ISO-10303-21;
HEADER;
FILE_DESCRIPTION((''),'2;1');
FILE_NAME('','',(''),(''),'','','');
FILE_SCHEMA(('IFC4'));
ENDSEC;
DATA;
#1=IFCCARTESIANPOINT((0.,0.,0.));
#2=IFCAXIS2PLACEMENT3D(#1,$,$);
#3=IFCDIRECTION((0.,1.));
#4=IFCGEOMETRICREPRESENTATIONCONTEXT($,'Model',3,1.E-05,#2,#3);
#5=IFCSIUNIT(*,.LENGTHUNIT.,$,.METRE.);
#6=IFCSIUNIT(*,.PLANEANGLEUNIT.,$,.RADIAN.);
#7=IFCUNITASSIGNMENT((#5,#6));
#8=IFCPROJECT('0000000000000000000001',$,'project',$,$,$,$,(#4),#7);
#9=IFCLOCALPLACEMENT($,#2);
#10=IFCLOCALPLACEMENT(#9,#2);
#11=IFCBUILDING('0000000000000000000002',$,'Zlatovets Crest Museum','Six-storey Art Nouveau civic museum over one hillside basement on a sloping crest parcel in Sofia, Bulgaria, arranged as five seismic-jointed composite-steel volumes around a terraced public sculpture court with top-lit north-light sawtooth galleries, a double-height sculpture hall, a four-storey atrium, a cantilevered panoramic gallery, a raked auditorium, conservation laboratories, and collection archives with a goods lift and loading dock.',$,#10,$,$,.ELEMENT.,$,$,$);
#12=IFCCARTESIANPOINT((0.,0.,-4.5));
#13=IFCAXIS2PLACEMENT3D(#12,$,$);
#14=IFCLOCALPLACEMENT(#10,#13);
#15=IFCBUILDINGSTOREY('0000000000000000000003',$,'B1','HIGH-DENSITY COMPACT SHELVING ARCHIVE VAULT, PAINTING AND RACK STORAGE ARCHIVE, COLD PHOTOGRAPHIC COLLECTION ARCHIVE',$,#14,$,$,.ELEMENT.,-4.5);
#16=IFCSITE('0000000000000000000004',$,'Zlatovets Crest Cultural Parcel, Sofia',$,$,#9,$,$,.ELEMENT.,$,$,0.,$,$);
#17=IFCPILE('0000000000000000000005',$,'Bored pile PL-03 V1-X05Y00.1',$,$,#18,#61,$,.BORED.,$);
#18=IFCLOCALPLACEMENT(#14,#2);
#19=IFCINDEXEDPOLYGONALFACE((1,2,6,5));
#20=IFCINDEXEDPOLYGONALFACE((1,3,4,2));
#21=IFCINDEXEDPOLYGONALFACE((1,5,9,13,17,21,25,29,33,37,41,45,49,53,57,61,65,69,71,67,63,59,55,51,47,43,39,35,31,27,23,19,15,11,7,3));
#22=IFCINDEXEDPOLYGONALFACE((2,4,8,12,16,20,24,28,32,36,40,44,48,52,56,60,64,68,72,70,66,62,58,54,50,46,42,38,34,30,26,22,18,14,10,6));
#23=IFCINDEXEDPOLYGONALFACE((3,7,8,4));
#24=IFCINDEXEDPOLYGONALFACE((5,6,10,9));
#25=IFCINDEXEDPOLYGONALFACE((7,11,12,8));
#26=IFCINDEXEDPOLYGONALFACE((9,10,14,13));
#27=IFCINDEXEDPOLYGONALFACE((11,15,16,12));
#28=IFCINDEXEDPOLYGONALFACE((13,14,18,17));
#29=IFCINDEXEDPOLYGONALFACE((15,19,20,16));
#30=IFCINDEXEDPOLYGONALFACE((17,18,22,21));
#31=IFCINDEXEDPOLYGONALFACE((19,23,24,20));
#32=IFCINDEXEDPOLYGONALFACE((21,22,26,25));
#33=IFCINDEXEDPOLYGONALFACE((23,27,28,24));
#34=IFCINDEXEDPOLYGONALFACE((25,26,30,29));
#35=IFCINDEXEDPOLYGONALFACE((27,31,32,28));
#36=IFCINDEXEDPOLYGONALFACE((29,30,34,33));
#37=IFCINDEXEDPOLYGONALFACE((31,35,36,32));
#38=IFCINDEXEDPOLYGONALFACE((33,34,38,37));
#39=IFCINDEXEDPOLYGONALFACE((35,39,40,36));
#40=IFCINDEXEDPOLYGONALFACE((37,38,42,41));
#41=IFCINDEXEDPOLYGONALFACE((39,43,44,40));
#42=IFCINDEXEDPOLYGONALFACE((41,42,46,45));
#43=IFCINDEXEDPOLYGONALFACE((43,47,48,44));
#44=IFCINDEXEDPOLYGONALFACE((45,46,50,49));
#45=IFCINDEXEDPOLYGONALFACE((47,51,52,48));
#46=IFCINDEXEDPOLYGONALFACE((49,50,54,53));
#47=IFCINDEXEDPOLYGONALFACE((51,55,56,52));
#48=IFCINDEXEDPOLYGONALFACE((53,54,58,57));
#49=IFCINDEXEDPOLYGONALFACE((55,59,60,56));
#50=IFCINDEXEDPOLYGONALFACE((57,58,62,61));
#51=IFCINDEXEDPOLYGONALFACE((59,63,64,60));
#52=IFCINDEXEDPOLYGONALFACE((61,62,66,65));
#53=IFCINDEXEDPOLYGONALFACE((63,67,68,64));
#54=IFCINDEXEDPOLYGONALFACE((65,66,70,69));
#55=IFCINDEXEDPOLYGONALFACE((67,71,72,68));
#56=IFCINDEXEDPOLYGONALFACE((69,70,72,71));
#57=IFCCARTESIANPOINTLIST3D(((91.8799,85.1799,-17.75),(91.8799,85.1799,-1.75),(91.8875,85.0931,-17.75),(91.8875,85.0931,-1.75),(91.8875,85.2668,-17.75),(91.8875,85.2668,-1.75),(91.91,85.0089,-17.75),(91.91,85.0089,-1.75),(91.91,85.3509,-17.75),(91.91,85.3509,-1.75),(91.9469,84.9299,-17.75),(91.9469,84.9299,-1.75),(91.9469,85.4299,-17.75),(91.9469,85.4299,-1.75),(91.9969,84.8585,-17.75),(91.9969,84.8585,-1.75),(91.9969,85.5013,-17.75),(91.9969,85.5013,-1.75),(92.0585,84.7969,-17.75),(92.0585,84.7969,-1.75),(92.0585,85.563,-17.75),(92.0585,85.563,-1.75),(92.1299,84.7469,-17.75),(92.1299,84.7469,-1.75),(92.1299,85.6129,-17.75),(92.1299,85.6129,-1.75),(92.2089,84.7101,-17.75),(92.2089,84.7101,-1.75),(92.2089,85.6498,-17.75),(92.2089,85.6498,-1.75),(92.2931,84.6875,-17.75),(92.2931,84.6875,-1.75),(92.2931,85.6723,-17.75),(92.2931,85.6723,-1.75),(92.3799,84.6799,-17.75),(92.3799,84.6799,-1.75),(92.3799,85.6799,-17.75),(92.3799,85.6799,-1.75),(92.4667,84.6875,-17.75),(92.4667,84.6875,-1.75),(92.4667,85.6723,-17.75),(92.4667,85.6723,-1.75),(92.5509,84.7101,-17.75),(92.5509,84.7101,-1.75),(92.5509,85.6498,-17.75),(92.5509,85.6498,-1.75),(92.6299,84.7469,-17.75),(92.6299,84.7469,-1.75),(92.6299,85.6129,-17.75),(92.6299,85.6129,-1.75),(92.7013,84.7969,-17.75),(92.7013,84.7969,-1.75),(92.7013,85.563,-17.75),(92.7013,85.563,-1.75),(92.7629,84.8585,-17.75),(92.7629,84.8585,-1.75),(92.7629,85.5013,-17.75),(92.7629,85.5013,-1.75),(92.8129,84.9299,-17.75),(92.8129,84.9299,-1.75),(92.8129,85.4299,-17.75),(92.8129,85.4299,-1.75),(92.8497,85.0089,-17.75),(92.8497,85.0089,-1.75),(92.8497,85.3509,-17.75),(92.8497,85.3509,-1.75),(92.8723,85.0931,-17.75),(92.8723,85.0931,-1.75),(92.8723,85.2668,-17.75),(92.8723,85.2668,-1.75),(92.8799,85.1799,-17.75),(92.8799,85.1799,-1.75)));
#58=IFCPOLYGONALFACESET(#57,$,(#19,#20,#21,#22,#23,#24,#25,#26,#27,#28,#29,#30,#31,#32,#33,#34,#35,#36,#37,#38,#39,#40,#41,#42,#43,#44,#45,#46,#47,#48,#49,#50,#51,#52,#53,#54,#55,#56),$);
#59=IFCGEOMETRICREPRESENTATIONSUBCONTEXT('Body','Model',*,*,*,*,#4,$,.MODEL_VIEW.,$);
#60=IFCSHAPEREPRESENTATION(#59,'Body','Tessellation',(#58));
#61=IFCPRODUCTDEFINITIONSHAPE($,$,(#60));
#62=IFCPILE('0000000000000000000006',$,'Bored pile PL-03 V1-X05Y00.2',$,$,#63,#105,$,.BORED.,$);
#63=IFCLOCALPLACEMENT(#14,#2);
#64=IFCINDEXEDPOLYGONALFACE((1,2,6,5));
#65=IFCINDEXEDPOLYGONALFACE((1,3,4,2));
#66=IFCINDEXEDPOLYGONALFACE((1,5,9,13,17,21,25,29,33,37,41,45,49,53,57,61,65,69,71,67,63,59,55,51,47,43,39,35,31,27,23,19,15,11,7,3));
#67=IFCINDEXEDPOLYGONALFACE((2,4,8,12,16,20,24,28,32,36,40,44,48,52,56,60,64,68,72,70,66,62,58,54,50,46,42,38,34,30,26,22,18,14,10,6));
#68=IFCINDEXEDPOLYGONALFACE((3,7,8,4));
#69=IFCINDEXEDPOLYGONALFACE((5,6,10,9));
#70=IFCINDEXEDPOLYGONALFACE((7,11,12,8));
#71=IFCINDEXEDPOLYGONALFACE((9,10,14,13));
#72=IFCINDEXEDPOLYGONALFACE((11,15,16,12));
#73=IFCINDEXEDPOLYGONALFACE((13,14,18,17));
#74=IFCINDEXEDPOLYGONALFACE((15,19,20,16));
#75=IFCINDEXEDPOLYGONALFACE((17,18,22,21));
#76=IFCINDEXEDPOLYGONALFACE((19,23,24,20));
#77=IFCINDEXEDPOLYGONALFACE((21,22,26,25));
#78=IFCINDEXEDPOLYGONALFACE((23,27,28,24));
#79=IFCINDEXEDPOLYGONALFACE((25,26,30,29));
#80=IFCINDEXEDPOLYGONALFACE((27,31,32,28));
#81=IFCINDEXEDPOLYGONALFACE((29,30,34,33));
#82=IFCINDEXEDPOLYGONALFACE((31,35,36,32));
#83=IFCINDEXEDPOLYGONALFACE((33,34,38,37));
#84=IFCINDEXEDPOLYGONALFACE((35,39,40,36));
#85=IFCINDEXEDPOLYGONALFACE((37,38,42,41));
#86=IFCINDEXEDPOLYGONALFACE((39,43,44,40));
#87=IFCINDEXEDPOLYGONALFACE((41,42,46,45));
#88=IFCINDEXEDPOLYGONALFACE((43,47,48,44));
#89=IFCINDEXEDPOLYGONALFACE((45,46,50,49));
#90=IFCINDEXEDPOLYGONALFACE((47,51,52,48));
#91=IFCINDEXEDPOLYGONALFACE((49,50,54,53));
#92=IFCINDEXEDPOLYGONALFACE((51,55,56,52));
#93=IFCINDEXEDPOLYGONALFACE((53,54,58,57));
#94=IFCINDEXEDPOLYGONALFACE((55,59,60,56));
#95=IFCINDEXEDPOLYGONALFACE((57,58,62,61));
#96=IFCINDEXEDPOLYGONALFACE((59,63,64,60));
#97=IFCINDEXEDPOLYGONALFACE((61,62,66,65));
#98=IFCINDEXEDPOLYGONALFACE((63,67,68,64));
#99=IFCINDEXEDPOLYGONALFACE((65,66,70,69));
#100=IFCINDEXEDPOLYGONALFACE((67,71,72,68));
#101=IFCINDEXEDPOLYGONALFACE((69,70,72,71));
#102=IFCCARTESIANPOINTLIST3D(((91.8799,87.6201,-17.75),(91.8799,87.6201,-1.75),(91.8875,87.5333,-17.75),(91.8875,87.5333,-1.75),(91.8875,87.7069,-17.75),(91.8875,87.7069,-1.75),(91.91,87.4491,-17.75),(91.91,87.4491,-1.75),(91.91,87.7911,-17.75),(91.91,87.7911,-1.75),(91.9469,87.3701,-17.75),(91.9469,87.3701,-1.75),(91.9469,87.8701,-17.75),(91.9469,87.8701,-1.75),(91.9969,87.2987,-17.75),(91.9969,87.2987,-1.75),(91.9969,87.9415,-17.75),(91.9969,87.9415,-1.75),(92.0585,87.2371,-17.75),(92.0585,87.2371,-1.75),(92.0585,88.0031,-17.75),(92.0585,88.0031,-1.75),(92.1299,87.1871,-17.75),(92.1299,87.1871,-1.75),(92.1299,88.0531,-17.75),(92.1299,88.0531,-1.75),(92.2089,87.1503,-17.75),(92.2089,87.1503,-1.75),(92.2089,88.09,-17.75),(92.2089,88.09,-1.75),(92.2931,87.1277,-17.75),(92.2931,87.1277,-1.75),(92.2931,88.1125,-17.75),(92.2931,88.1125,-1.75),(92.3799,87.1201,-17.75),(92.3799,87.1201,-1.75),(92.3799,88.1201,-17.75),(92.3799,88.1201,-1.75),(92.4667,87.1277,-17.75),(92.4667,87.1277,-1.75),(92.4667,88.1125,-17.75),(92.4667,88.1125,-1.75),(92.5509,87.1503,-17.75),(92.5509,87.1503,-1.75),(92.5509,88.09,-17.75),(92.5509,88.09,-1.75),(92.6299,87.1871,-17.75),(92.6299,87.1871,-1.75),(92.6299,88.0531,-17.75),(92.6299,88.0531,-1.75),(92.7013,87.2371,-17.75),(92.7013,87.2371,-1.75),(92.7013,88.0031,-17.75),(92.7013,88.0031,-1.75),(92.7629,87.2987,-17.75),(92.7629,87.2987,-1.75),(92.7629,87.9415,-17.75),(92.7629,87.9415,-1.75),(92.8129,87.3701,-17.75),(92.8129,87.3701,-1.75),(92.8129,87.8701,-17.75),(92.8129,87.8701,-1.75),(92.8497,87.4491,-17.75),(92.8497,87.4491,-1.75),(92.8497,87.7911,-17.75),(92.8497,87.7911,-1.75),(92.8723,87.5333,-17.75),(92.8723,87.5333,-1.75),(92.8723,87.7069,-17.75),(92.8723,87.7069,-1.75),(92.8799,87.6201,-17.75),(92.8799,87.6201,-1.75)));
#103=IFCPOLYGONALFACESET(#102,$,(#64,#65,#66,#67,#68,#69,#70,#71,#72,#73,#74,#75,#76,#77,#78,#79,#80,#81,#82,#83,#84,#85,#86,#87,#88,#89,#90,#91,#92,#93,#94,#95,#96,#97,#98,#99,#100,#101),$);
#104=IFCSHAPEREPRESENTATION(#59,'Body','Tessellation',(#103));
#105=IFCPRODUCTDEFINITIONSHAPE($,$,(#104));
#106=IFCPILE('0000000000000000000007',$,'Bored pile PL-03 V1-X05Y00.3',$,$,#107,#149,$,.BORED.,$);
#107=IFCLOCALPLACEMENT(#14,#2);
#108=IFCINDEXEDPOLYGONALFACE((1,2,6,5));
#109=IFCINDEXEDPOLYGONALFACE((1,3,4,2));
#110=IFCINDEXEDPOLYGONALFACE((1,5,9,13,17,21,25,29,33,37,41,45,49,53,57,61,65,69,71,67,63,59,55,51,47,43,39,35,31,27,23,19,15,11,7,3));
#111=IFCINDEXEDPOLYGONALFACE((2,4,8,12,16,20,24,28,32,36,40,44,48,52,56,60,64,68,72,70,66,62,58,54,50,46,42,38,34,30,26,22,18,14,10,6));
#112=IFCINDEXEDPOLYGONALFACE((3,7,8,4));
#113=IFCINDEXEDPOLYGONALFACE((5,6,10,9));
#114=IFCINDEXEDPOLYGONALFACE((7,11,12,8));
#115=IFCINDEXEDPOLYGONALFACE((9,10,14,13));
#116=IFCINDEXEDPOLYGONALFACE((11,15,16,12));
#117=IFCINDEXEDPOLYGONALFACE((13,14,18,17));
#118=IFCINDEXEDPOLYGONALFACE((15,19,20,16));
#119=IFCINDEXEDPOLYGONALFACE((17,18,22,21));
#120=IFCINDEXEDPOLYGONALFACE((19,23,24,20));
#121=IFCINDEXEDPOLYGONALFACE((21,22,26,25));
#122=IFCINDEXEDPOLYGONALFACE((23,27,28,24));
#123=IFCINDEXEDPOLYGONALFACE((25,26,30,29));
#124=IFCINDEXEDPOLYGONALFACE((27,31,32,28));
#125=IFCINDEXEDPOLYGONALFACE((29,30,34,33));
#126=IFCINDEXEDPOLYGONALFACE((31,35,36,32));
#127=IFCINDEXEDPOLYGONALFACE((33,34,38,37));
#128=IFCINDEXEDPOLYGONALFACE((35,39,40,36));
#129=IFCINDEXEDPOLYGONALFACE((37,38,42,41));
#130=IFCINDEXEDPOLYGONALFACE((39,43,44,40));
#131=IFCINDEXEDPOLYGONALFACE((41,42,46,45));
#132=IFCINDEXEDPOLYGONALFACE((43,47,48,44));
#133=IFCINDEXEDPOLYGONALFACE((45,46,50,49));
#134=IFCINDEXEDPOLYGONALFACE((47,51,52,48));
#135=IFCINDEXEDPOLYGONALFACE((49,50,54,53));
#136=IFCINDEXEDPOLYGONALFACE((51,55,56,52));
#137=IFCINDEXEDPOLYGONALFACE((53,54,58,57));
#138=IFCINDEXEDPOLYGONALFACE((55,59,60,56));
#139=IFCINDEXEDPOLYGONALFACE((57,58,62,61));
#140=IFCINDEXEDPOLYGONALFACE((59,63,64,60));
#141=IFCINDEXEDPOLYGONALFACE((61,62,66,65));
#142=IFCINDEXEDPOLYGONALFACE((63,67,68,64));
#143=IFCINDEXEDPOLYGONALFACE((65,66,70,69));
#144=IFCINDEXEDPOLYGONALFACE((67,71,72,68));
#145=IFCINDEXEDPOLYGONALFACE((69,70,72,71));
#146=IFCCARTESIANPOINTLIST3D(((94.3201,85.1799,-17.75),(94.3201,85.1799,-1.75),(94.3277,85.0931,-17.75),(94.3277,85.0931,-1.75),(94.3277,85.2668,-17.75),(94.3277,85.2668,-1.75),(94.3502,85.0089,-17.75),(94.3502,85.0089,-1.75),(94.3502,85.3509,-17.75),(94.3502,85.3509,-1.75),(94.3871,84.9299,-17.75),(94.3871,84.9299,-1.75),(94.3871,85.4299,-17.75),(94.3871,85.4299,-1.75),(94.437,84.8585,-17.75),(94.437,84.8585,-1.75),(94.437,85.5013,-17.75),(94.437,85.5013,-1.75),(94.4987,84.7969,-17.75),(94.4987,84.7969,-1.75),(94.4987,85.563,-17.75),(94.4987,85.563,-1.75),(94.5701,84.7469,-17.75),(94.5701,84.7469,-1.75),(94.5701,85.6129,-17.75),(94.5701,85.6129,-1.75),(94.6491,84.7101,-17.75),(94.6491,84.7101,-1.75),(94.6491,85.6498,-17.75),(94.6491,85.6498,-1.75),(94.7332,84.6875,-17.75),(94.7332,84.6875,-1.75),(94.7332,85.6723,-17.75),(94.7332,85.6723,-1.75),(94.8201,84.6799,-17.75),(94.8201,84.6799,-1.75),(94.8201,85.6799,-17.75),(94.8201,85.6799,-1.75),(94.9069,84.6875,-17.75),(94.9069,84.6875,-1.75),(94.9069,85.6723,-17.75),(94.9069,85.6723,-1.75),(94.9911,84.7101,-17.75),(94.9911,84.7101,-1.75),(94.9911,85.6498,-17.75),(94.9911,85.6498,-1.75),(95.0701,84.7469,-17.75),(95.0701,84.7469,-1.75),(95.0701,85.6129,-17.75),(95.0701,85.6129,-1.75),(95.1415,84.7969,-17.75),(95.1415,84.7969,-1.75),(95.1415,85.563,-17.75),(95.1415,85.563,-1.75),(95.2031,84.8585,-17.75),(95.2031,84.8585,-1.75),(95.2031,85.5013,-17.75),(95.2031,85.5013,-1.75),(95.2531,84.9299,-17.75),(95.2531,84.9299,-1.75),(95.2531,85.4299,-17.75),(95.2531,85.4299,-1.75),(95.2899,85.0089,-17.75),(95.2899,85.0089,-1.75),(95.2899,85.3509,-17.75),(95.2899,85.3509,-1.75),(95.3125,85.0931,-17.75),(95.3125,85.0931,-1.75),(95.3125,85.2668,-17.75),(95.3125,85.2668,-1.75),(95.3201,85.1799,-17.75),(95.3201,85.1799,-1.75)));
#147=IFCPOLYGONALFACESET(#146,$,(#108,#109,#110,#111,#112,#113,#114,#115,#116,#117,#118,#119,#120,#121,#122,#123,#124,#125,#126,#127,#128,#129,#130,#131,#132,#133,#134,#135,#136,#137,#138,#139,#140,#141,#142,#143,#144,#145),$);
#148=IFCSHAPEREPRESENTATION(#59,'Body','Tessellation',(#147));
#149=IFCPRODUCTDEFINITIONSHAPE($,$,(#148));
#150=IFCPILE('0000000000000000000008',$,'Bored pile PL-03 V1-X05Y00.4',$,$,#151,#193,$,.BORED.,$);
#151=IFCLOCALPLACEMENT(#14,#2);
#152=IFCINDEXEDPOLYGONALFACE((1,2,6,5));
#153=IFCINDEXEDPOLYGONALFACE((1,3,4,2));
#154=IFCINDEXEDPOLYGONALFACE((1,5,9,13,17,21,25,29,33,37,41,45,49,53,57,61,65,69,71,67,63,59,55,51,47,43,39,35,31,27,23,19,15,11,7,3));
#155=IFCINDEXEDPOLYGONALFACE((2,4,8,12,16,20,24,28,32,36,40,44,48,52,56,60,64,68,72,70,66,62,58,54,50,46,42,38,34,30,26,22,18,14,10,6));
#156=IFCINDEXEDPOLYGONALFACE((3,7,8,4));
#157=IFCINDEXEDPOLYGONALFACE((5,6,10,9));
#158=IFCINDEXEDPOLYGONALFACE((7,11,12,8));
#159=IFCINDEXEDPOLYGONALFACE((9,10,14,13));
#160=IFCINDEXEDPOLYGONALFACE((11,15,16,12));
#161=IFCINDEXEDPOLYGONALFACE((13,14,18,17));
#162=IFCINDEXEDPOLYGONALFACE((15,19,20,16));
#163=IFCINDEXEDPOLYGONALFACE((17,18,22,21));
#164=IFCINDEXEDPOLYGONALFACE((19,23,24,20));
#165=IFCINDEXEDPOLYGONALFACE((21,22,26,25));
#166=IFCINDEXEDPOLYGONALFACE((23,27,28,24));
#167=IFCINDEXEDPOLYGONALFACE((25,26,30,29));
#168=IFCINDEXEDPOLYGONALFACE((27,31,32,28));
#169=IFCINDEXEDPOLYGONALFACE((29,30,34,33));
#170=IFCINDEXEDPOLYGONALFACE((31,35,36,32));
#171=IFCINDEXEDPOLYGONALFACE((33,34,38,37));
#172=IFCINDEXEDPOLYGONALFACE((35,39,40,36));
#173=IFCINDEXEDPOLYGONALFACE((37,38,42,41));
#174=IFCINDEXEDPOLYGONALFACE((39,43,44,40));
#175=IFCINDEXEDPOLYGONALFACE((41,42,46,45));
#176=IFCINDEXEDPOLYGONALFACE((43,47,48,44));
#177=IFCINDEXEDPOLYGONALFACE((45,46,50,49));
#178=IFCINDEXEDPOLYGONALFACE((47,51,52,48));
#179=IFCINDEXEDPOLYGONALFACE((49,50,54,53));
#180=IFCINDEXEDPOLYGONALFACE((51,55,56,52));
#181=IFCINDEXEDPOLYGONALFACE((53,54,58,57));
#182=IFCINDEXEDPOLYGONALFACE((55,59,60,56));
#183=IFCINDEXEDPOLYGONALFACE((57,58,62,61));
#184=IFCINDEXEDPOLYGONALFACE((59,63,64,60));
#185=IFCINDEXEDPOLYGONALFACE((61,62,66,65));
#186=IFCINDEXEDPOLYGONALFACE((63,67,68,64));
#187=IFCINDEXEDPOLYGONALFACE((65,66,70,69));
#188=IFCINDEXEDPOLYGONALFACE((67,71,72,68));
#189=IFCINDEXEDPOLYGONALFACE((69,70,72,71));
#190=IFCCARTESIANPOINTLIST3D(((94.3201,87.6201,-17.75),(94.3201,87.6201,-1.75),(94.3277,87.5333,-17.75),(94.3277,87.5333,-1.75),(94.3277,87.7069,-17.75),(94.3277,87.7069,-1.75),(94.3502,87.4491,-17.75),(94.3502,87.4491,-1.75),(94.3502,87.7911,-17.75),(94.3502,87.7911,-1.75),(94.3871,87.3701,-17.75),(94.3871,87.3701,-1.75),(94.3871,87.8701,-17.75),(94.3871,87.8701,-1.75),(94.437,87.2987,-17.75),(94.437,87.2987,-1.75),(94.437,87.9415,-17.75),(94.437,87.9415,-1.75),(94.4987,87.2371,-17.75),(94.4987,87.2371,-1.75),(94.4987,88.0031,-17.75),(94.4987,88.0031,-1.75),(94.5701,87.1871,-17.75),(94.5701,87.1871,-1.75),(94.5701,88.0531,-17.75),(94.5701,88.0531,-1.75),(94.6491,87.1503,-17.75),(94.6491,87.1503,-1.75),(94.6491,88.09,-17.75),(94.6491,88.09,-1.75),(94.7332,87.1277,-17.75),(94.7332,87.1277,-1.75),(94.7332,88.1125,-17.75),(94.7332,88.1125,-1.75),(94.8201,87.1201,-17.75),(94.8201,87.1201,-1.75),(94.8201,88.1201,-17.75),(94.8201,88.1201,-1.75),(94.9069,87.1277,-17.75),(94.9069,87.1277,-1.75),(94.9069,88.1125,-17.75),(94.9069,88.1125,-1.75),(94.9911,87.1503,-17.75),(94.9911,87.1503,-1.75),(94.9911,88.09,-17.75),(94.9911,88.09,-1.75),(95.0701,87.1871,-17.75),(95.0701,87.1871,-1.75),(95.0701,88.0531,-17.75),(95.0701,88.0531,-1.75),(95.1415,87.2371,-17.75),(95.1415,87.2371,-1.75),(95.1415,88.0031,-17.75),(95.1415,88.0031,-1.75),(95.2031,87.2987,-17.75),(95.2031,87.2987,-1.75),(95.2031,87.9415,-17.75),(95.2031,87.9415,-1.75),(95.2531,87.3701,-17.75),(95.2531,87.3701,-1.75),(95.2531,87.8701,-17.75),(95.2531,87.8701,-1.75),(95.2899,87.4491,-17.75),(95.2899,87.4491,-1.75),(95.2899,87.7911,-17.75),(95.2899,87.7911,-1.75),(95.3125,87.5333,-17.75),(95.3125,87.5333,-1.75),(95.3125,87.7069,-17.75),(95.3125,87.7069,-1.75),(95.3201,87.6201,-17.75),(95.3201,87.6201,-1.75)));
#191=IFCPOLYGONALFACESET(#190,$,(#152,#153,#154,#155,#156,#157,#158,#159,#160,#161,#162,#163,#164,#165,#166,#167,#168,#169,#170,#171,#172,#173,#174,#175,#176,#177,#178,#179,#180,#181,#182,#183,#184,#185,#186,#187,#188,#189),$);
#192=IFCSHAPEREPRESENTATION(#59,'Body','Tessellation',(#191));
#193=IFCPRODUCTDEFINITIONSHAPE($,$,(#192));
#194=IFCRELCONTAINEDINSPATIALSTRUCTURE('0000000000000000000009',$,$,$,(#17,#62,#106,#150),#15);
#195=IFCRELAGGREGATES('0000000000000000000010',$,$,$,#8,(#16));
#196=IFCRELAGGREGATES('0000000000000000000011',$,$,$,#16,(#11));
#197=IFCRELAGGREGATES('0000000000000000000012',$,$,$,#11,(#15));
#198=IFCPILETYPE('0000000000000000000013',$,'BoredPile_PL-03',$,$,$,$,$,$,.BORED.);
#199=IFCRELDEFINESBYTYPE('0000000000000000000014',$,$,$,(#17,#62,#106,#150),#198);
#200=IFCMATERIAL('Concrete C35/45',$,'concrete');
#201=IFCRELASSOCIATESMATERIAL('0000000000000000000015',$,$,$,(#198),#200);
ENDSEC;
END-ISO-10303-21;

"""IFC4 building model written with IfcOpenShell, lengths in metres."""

from ifc_helpers import new_model, si_unit, direction, frame, origin, origin_2d, place, context, subcontext, project, spatial, circle, extrude, material, material_profile, profile_set, type_object, element, save


model = new_model("IFC4")

# Units and contexts
model_context = context("Model", 3, precision=1e-05, world=origin(), true_north=direction((0.0, 1.0)))
body_context = subcontext(model_context, "Body", "Model", "MODEL_VIEW")
ifc_project = project(units=[si_unit("LENGTHUNIT", "METRE"), si_unit("PLANEANGLEUNIT", "RADIAN")], contexts=[model_context])

# Site, building, storey
site_placement = place(None, origin())
site = spatial("IfcSite", under=ifc_project, at=site_placement, Name="Zlatovets Crest Cultural Parcel, Sofia", CompositionType="ELEMENT", RefElevation=0.0)
building_placement = place(site_placement, origin())
building = spatial("IfcBuilding", under=site, at=building_placement, Name="Zlatovets Crest Museum", Description="Six-storey Art Nouveau civic museum over one hillside basement on a sloping crest parcel in Sofia, Bulgaria, arranged as five seismic-jointed composite-steel volumes around a terraced public sculpture court with top-lit north-light sawtooth galleries, a double-height sculpture hall, a four-storey atrium, a cantilevered panoramic gallery, a raked auditorium, conservation laboratories, and collection archives with a goods lift and loading dock.", CompositionType="ELEMENT")
storey_placement = place(building_placement, frame((0.0, 0.0, -4.5)))
storey = spatial("IfcBuildingStorey", under=building, at=storey_placement, Name="B1", Description="HIGH-DENSITY COMPACT SHELVING ARCHIVE VAULT, PAINTING AND RACK STORAGE ARCHIVE, COLD PHOTOGRAPHIC COLLECTION ARCHIVE", CompositionType="ELEMENT", Elevation=-4.5)

# Piles
ifc_material_1 = material(Name="Concrete C35/45", Category="concrete")
ifc_material_profile_1 = material_profile(ifc_material_1, circle(Radius=0.5, at=origin_2d()), Name="PILE D1000")
ifc_profile_set_1 = profile_set([ifc_material_profile_1], Name="Concrete C35/45")
pile_type_1 = type_object("IfcPileType", Name="BoredPile_PL-03", PredefinedType="BORED", material=ifc_profile_set_1)
for number, where, z_axis, x_axis, name in (
    (1, (92.3799, 85.1799, -1.75), (0.0, 0.0, -1.0), (1.0, 0.0, 0.0), "Bored pile PL-03 V1-X05Y00.1"),
    (2, (92.3799, 87.6201, -1.75), (0.0, 0.0, -1.0), (1.0, 0.0, 0.0), "Bored pile PL-03 V1-X05Y00.2"),
    (3, (94.8201, 85.1799, -1.75), (0.0, 0.0, -1.0), (1.0, 0.0, 0.0), "Bored pile PL-03 V1-X05Y00.3"),
    (4, (94.8201, 87.6201, -1.75), (0.0, 0.0, -1.0), (1.0, 0.0, 0.0), "Bored pile PL-03 V1-X05Y00.4"),
):
    element("IfcPile", number, at=place(storey_placement, frame(where, z_axis=z_axis, x_axis=x_axis)), inside=storey, type_object=pile_type_1, Name=name, PredefinedType="BORED", context=body_context, shape_type="SweptSolid", body=[
        extrude(circle(Radius=0.5, at=origin_2d()), origin(), (0.0, 0.0, 1.0), 16.0),
    ])

save(model, "model.ifc")
